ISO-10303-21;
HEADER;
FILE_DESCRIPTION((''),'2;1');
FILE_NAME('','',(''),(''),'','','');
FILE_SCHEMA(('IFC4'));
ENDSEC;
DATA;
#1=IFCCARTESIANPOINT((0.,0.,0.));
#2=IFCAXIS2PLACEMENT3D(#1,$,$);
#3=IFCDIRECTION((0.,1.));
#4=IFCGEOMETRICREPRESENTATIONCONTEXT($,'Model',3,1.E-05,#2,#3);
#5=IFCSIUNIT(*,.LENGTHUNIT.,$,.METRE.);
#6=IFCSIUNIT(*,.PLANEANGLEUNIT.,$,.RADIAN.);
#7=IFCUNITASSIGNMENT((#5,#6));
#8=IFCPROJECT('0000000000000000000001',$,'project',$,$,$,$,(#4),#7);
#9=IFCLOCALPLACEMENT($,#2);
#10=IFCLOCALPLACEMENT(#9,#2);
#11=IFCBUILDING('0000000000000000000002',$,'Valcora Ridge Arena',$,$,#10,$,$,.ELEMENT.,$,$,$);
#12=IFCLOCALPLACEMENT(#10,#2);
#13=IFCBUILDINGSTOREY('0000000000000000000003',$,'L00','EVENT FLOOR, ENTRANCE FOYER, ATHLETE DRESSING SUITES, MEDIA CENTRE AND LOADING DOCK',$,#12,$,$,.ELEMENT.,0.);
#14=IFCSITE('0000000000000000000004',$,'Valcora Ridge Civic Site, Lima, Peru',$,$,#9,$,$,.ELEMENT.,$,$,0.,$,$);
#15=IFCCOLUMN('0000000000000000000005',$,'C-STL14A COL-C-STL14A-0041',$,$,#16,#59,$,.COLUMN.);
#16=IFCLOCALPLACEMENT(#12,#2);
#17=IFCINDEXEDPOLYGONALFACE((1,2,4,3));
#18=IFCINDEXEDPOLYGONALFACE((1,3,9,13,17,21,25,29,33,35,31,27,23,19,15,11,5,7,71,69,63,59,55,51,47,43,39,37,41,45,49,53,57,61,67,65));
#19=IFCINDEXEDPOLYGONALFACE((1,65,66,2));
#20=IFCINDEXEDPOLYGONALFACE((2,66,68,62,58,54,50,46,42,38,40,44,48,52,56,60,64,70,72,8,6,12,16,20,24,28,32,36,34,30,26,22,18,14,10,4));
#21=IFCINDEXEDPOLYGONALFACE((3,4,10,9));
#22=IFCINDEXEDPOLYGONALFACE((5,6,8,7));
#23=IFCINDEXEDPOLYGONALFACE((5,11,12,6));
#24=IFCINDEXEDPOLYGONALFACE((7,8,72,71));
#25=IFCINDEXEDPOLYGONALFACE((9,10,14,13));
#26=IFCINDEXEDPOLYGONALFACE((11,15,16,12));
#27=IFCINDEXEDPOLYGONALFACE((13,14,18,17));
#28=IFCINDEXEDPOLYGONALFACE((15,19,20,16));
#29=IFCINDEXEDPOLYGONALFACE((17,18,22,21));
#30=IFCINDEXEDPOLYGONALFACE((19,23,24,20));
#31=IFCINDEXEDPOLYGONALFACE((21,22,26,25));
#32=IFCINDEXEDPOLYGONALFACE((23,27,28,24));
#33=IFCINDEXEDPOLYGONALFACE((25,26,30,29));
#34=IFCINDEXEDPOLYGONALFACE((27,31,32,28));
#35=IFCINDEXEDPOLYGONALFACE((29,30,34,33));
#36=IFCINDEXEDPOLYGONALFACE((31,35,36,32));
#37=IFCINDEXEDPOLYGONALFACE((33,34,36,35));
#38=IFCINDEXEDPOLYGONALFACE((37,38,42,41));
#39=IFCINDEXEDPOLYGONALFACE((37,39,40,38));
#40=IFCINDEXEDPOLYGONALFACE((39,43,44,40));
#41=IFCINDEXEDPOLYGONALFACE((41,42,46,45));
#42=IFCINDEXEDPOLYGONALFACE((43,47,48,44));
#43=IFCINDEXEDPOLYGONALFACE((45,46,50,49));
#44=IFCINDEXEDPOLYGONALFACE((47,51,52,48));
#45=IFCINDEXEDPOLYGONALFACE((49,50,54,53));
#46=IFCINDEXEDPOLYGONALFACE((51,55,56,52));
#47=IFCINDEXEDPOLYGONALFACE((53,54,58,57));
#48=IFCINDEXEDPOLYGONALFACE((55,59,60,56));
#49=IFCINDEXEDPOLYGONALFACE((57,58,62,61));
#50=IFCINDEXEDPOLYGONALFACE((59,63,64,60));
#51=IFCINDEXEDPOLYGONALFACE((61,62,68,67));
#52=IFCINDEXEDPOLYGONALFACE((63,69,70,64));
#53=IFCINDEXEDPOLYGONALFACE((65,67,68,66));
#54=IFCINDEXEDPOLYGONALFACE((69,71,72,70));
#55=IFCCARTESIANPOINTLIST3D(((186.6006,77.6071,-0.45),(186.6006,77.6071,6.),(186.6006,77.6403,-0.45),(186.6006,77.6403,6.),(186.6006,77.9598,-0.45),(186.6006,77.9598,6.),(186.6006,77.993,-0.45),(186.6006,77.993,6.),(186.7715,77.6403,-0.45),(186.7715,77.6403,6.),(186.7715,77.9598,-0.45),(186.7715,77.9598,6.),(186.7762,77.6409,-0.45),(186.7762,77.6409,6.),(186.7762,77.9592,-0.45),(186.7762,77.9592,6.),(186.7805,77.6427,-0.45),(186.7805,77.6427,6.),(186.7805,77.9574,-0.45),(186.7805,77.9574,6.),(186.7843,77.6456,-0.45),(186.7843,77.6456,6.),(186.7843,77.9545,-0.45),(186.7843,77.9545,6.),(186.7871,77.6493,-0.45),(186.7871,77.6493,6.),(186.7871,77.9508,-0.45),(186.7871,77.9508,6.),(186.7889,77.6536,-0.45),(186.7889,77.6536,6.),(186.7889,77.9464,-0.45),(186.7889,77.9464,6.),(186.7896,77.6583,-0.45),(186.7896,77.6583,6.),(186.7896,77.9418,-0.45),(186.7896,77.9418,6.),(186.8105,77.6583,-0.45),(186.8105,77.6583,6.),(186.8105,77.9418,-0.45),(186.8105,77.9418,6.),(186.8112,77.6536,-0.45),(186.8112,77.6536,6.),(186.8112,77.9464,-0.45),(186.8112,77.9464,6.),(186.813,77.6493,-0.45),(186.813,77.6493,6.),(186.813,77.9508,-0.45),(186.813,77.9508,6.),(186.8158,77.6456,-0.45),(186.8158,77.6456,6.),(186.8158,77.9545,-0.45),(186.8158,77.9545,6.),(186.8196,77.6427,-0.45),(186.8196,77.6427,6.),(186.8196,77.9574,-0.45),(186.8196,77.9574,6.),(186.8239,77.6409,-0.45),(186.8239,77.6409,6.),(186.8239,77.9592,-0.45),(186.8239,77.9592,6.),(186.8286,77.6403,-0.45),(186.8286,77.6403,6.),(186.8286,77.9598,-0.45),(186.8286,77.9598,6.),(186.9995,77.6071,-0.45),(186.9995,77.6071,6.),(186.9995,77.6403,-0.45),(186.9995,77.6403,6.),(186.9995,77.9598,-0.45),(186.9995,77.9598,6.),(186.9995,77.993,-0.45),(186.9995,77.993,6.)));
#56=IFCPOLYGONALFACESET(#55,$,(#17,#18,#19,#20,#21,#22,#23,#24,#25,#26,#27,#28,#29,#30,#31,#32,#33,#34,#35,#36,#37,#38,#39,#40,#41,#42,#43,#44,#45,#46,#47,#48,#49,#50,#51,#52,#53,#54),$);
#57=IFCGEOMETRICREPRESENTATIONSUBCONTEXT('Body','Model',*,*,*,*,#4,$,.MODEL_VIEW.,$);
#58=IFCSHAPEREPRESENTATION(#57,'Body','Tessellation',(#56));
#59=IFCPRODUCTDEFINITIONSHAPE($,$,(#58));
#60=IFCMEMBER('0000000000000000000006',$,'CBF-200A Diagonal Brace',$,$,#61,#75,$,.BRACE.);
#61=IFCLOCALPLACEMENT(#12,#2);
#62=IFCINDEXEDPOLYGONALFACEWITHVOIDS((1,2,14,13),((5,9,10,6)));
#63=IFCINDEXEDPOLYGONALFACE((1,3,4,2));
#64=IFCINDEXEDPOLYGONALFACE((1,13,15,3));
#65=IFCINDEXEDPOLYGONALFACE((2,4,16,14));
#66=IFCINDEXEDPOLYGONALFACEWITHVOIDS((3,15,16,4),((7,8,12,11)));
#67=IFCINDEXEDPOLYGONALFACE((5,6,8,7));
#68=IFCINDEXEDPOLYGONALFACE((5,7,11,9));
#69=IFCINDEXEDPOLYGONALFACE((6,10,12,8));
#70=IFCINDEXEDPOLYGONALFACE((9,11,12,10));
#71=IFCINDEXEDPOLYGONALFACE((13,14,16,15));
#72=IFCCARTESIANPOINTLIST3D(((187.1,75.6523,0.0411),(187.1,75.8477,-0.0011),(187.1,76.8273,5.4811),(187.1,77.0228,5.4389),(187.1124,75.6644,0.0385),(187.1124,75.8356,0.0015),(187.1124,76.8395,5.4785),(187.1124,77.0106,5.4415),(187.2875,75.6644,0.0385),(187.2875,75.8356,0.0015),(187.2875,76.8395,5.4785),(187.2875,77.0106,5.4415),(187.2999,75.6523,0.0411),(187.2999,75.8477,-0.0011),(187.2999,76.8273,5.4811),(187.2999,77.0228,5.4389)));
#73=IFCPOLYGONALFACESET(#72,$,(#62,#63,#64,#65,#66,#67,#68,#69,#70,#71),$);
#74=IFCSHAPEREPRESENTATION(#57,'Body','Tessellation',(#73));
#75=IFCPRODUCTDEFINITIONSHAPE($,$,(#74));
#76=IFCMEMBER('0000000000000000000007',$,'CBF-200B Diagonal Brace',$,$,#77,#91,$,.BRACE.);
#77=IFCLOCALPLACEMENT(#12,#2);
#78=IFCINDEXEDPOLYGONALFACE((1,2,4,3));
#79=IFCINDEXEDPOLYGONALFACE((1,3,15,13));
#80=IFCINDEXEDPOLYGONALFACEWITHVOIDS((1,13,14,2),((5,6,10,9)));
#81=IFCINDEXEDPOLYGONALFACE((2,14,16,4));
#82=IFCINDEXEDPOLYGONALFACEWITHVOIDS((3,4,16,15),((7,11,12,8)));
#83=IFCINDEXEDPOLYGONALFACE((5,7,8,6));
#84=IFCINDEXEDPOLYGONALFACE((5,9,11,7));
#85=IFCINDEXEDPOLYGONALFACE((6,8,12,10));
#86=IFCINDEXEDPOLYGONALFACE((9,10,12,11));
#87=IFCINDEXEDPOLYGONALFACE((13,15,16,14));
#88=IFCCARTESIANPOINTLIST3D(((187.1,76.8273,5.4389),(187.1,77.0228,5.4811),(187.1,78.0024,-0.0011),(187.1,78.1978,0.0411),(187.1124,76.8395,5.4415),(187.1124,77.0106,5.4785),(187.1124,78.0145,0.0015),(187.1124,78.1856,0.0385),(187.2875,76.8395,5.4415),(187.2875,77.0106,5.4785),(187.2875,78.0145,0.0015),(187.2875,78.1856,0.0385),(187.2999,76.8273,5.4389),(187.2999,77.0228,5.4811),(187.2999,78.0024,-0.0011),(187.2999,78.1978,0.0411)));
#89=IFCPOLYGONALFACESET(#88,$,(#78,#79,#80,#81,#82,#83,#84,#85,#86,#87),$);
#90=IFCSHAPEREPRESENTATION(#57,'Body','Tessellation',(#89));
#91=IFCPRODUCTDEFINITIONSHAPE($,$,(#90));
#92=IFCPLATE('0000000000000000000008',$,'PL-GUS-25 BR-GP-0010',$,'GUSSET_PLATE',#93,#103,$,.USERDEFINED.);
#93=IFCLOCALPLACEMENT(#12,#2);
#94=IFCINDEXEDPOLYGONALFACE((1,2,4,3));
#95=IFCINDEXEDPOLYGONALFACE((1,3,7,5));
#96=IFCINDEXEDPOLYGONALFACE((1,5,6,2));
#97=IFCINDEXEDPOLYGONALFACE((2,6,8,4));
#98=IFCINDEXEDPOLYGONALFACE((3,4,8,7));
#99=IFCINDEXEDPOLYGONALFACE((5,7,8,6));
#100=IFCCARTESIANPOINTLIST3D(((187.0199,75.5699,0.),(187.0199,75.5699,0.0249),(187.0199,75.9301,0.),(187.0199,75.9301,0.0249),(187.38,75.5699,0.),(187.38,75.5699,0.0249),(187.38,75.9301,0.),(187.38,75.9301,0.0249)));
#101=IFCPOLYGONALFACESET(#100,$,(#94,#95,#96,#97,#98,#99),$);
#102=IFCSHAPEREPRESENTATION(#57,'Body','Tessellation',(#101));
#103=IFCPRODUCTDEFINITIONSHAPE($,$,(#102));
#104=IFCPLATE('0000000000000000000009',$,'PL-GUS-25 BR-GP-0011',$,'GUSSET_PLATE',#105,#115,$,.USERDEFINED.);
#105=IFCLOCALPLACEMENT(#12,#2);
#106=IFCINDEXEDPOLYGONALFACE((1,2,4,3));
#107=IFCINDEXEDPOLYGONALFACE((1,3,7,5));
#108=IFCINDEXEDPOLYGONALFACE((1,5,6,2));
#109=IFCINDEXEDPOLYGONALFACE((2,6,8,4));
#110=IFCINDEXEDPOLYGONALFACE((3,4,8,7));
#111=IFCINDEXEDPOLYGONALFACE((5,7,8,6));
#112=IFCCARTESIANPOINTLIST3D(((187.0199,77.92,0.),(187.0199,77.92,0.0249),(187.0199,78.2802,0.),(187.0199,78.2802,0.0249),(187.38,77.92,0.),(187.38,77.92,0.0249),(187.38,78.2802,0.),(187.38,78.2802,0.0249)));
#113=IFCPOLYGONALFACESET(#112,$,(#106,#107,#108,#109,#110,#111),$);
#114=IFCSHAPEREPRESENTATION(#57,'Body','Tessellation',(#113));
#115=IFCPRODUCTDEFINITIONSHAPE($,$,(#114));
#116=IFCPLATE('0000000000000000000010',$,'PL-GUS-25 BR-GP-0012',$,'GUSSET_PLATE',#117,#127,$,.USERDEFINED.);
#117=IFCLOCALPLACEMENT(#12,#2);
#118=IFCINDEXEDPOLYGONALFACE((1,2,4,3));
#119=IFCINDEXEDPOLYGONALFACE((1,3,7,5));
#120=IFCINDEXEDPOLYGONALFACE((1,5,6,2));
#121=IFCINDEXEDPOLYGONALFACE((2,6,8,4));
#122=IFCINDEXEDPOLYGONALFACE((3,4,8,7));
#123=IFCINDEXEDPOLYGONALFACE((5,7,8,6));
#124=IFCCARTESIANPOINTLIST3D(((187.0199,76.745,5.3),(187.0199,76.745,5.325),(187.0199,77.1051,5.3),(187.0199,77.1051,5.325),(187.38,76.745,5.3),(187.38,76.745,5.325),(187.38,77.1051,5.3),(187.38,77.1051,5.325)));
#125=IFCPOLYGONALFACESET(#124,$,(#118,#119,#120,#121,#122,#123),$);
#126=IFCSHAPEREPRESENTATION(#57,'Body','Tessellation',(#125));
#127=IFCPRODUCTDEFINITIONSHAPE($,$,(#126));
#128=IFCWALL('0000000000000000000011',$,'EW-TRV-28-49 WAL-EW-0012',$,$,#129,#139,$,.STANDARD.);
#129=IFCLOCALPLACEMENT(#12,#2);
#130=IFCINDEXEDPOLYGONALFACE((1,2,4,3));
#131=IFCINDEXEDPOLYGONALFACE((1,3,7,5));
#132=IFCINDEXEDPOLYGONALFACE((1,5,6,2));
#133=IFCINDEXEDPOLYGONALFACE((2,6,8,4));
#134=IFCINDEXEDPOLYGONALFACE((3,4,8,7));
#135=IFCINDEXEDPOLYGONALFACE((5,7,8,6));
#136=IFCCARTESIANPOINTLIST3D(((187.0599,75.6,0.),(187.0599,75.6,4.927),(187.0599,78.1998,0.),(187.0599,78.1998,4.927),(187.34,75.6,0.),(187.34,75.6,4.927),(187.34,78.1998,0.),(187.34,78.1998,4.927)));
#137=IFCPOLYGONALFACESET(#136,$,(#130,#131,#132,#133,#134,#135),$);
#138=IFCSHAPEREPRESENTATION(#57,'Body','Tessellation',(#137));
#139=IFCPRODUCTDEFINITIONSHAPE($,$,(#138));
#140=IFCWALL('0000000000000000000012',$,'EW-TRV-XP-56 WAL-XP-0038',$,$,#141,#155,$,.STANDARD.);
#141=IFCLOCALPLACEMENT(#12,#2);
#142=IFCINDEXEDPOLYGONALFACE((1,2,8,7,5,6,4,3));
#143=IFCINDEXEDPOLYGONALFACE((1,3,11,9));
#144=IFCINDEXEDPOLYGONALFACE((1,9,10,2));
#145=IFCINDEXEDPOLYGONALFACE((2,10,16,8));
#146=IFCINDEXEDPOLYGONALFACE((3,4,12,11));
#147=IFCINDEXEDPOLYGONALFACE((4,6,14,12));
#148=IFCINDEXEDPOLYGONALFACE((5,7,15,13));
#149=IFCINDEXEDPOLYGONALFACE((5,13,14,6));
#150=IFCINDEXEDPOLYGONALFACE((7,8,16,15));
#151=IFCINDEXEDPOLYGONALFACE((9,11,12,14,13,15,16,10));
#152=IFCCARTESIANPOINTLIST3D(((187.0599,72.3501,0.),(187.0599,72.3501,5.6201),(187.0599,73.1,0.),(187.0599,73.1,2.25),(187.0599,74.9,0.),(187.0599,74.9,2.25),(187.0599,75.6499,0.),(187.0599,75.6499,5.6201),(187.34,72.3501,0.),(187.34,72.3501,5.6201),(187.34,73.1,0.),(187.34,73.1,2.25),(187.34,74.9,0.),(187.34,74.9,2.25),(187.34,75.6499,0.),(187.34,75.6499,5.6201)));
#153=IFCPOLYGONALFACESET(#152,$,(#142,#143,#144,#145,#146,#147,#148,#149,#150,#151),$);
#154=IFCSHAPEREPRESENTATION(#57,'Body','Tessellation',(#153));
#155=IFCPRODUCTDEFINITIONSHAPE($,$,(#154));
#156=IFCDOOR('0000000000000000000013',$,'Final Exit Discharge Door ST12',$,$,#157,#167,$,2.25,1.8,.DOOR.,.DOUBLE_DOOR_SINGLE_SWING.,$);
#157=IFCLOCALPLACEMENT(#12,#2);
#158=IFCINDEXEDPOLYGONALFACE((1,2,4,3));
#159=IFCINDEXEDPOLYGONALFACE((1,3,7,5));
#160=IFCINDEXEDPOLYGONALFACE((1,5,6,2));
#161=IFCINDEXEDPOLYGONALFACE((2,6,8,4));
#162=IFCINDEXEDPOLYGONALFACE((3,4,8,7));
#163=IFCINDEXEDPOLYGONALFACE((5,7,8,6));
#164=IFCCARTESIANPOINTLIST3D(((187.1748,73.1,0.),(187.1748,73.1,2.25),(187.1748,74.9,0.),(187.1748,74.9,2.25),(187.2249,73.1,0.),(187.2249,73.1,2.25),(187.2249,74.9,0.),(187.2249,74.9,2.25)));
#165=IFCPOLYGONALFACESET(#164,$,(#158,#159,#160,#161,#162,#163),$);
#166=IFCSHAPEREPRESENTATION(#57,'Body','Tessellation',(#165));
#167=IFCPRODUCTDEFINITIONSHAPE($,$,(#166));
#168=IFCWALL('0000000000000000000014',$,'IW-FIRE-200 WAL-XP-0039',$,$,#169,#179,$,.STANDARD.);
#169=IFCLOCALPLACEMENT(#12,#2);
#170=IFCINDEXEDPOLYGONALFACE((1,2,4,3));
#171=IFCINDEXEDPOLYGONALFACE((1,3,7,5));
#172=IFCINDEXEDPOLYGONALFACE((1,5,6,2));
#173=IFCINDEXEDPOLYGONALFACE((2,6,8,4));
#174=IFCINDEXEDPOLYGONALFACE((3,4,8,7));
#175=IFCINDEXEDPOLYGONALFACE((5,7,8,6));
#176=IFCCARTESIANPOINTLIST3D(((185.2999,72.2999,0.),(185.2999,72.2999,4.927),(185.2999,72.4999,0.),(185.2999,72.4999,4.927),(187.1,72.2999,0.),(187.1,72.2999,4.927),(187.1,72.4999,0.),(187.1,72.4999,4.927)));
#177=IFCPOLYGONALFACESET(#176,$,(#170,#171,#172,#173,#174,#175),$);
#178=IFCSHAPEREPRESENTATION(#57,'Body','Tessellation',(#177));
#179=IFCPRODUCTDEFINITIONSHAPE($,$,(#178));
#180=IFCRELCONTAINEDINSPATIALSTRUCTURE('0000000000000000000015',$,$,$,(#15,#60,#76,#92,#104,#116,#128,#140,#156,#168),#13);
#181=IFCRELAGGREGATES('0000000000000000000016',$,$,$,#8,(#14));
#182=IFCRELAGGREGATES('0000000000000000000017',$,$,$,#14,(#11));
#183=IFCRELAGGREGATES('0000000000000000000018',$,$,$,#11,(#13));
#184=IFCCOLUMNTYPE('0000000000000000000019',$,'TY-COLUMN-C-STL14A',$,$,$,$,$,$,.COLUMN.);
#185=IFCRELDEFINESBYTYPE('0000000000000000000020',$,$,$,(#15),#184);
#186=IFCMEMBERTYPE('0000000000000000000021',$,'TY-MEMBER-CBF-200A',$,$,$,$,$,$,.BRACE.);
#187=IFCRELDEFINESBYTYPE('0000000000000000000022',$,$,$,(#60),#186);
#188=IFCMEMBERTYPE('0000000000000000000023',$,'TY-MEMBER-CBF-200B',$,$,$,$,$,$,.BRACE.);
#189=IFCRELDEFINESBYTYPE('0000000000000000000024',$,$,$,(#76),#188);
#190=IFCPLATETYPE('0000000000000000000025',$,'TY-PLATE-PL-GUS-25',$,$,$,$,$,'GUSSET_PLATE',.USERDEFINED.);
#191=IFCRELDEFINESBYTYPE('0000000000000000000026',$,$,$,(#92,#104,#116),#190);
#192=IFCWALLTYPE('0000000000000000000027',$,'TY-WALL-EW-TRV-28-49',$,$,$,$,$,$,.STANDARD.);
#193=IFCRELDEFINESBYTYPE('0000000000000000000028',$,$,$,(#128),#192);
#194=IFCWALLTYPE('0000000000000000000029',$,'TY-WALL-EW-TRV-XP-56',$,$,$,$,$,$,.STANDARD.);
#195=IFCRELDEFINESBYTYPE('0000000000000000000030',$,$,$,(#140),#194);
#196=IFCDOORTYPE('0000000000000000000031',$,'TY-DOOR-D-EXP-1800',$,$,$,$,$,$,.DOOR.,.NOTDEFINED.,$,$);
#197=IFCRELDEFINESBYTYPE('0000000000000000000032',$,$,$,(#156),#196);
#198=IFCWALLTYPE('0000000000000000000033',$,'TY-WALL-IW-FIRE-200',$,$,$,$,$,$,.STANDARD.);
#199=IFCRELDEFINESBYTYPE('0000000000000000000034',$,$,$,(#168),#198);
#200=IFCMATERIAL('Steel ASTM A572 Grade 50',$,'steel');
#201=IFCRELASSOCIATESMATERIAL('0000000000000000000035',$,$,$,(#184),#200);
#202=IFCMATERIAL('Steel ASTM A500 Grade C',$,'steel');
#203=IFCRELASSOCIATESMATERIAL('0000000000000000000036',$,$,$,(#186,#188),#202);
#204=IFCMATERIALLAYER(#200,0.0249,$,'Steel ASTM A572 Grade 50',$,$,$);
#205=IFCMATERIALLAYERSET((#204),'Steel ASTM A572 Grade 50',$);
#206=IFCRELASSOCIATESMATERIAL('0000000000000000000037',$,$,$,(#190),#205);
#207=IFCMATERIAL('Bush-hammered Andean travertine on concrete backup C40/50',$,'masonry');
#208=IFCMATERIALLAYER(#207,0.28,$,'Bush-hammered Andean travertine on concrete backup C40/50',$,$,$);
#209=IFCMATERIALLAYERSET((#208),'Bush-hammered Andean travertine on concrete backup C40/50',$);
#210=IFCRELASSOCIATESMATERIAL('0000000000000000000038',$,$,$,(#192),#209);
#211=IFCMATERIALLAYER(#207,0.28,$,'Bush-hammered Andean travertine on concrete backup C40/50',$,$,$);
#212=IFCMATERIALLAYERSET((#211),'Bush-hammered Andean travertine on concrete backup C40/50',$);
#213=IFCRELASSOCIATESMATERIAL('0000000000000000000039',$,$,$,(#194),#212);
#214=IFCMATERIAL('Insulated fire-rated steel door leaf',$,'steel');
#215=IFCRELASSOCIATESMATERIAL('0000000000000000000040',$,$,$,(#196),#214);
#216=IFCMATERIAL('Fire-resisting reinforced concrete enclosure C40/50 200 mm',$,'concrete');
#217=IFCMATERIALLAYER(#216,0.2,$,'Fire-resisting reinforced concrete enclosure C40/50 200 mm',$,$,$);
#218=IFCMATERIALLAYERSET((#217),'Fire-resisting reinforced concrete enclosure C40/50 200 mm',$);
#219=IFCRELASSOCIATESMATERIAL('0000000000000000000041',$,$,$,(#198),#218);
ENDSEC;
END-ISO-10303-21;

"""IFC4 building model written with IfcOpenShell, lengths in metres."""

from ifc_helpers import new_model, si_unit, direction, frame, frame_2d, origin, origin_2d, place, context, subcontext, project, spatial, rectangle, hollow_rectangle, i_section, extrude, material, layer, layer_set, material_profile, profile_set, type_object, element, fill, save


model = new_model("IFC4")

# Units and contexts
model_context = context("Model", 3, precision=1e-05, world=origin(), true_north=direction((0.0, 1.0)))
body_context = subcontext(model_context, "Body", "Model", "MODEL_VIEW")
ifc_project = project(units=[si_unit("LENGTHUNIT", "METRE"), si_unit("PLANEANGLEUNIT", "RADIAN")], contexts=[model_context])

# Site, building, storey
site_placement = place(None, origin())
site = spatial("IfcSite", under=ifc_project, at=site_placement, Name="Valcora Ridge Civic Site, Lima, Peru", CompositionType="ELEMENT", RefElevation=0.0)
building_placement = place(site_placement, origin())
building = spatial("IfcBuilding", under=site, at=building_placement, Name="Valcora Ridge Arena", CompositionType="ELEMENT")
storey_placement = place(building_placement, origin())
storey = spatial("IfcBuildingStorey", under=building, at=storey_placement, Name="L00", Description="EVENT FLOOR, ENTRANCE FOYER, ATHLETE DRESSING SUITES, MEDIA CENTRE AND LOADING DOCK", CompositionType="ELEMENT", Elevation=0.0)

# Column
ifc_material_1 = material(Name="Steel ASTM A500 Grade C", Category="steel")
ifc_material_2 = material(Name="Steel ASTM A572 Grade 50", Category="steel")
ifc_material_profile_1 = material_profile(ifc_material_2, i_section(OverallWidth=0.3989, OverallDepth=0.386, WebThickness=0.021, FlangeThickness=0.0332, FilletRadius=0.0181, at=origin_2d()), Name="W14X176")
ifc_profile_set_1 = profile_set([ifc_material_profile_1], Name="Steel ASTM A572 Grade 50")
column_type_1 = type_object("IfcColumnType", Name="TY-COLUMN-C-STL14A", PredefinedType="COLUMN", material=ifc_profile_set_1)
column_placement = place(storey_placement, frame((186.8, 77.8, -0.45), z_axis=(0.0, 0.0, 1.0), x_axis=(1.0, 0.0, 0.0)))
element("IfcColumn", 1, at=column_placement, inside=storey, type_object=column_type_1, Name="C-STL14A COL-C-STL14A-0041", PredefinedType="COLUMN", context=body_context, shape_type="SweptSolid", body=[
    extrude(i_section(OverallWidth=0.3989, OverallDepth=0.386, WebThickness=0.021, FlangeThickness=0.0332, FilletRadius=0.0181, at=origin_2d()), origin(), (0.0, 0.0, 1.0), 6.45),
])

# Members
ifc_material_profile_2 = material_profile(ifc_material_1, hollow_rectangle(XDim=0.2, YDim=0.2, WallThickness=0.0125, at=origin_2d()), Name="HSS200X200X12")
ifc_profile_set_2 = profile_set([ifc_material_profile_2], Name="Steel ASTM A500 Grade C")
member_type_1 = type_object("IfcMemberType", Name="TY-MEMBER-CBF-200A", PredefinedType="BRACE", material=ifc_profile_set_2)
member_1_placement = place(storey_placement, frame((187.2, 75.75, 0.02), z_axis=(0.0, 0.211135, 0.977457), x_axis=(-1.0, 0.0, 0.0)))
element("IfcMember", 2, at=member_1_placement, inside=storey, type_object=member_type_1, Name="CBF-200A Diagonal Brace", PredefinedType="BRACE", context=body_context, shape_type="SweptSolid", body=[
    extrude(hollow_rectangle(XDim=0.2, YDim=0.2, WallThickness=0.0125, at=origin_2d()), origin(), (0.0, 0.0, 1.0), 5.5654),
])
ifc_material_profile_3 = material_profile(ifc_material_1, hollow_rectangle(XDim=0.2, YDim=0.2, WallThickness=0.0125, at=origin_2d()), Name="HSS200X200X12")
ifc_profile_set_3 = profile_set([ifc_material_profile_3], Name="Steel ASTM A500 Grade C")
member_type_2 = type_object("IfcMemberType", Name="TY-MEMBER-CBF-200B", PredefinedType="BRACE", material=ifc_profile_set_3)
member_2_placement = place(storey_placement, frame((187.2, 78.1001, 0.02), z_axis=(0.0, -0.211135, 0.977457), x_axis=(1.0, 0.0, 0.0)))
element("IfcMember", 3, at=member_2_placement, inside=storey, type_object=member_type_2, Name="CBF-200B Diagonal Brace", PredefinedType="BRACE", context=body_context, shape_type="SweptSolid", body=[
    extrude(hollow_rectangle(XDim=0.2, YDim=0.2, WallThickness=0.0125, at=origin_2d()), origin(), (0.0, 0.0, 1.0), 5.5654),
])

# Plates
ifc_layer_1 = layer(ifc_material_2, 0.0249, Name="Steel ASTM A572 Grade 50")
ifc_layer_set_1 = layer_set([ifc_layer_1], Name="Steel ASTM A572 Grade 50")
plate_type = type_object("IfcPlateType", Name="TY-PLATE-PL-GUS-25", ElementType="GUSSET_PLATE", PredefinedType="USERDEFINED", material=ifc_layer_set_1)
for number, where, z_axis, x_axis, name in (
    (4, (187.2, 75.75, 0.0), (0.0, 0.0, 1.0), (1.0, 0.0, 0.0), "PL-GUS-25 BR-GP-0010"),
    (5, (187.2, 78.1001, 0.0), (0.0, 0.0, 1.0), (1.0, 0.0, 0.0), "PL-GUS-25 BR-GP-0011"),
    (6, (187.2, 76.925, 5.3), (0.0, 0.0, 1.0), (1.0, 0.0, 0.0), "PL-GUS-25 BR-GP-0012"),
):
    element("IfcPlate", number, at=place(storey_placement, frame(where, z_axis=z_axis, x_axis=x_axis)), inside=storey, type_object=plate_type, Name=name, ObjectType="GUSSET_PLATE", PredefinedType="USERDEFINED", context=body_context, shape_type="SweptSolid", body=[
        extrude(rectangle(XDim=0.3601, YDim=0.3601, at=origin_2d()), origin(), (0.0, 0.0, 1.0), 0.0249),
    ])

# Wall
ifc_material_3 = material(Name="Bush-hammered Andean travertine on concrete backup C40/50", Category="masonry")
ifc_layer_2 = layer(ifc_material_3, 0.28, Name="Bush-hammered Andean travertine on concrete backup C40/50")
ifc_layer_set_2 = layer_set([ifc_layer_2], Name="Bush-hammered Andean travertine on concrete backup C40/50")
wall_type_1 = type_object("IfcWallType", Name="TY-WALL-EW-TRV-28-49", PredefinedType="STANDARD", material=ifc_layer_set_2)
wall_1_placement = place(storey_placement, frame((187.2, 75.6001, 0.0), z_axis=(0.0, 0.0, 1.0), x_axis=(0.0, 1.0, 0.0)))
element("IfcWall", 7, at=wall_1_placement, inside=storey, type_object=wall_type_1, Name="EW-TRV-28-49 WAL-EW-0012", PredefinedType="STANDARD", context=body_context, shape_type="SweptSolid", body=[
    extrude(rectangle(XDim=2.5999, YDim=0.28, at=frame_2d((1.2998, 0.0))), origin(), (0.0, 0.0, 1.0), 4.927),
])

# Wall, opening, door
ifc_layer_3 = layer(ifc_material_3, 0.28, Name="Bush-hammered Andean travertine on concrete backup C40/50")
ifc_layer_set_3 = layer_set([ifc_layer_3], Name="Bush-hammered Andean travertine on concrete backup C40/50")
wall_type_2 = type_object("IfcWallType", Name="TY-WALL-EW-TRV-XP-56", PredefinedType="STANDARD", material=ifc_layer_set_3)
wall_2_placement = place(storey_placement, frame((187.2, 75.6499, 0.0), z_axis=(0.0, 0.0, 1.0), x_axis=(0.0, -1.0, 0.0)))
wall_2 = element("IfcWall", 8, at=wall_2_placement, inside=storey, type_object=wall_type_2, Name="EW-TRV-XP-56 WAL-XP-0038", PredefinedType="STANDARD", context=body_context, shape_type="SweptSolid", body=[
    extrude(rectangle(XDim=3.2998, YDim=0.28, at=frame_2d((1.6499, 0.0))), origin(), (0.0, 0.0, 1.0), 5.6201),
])
opening_1_placement = place(wall_2_placement, frame((0.75, 0.0, 0.0)))
opening_1 = element("IfcOpeningElement", 9, at=opening_1_placement, cuts=wall_2, PredefinedType="OPENING", context=body_context, shape_type="SweptSolid", body=[
    extrude(rectangle(XDim=1.8, YDim=2.25, at=frame_2d((0.8999, 1.125))), frame((0.0, 0.1499, 0.0), z_axis=(0.0, -1.0, 0.0), x_axis=(1.0, 0.0, 0.0)), (0.0, 0.0, 1.0), 0.3),
])
ifc_material_4 = material(Name="Insulated fire-rated steel door leaf", Category="steel")
door_type_1 = type_object("IfcDoorType", Name="TY-DOOR-D-EXP-1800", OperationType="NOTDEFINED", PredefinedType="DOOR", material=ifc_material_4)
door_1_placement = place(opening_1_placement, origin())
door_1 = element("IfcDoor", 10, at=door_1_placement, inside=storey, type_object=door_type_1, Name="Final Exit Discharge Door ST12", OperationType="DOUBLE_DOOR_SINGLE_SWING", OverallHeight=2.25, OverallWidth=1.8, PredefinedType="DOOR", context=body_context, shape_type="SweptSolid", body=[
    extrude(rectangle(XDim=1.8, YDim=2.25, at=frame_2d((0.8999, 1.125))), frame((0.0, 0.0249, 0.0), z_axis=(0.0, -1.0, 0.0), x_axis=(1.0, 0.0, 0.0)), (0.0, 0.0, 1.0), 0.05),
])
fill(opening_1, door_1)

# Wall
ifc_material_5 = material(Name="Fire-resisting reinforced concrete enclosure C40/50 200 mm", Category="concrete")
ifc_layer_4 = layer(ifc_material_5, 0.2, Name="Fire-resisting reinforced concrete enclosure C40/50 200 mm")
ifc_layer_set_4 = layer_set([ifc_layer_4], Name="Fire-resisting reinforced concrete enclosure C40/50 200 mm")
wall_type_3 = type_object("IfcWallType", Name="TY-WALL-IW-FIRE-200", PredefinedType="STANDARD", material=ifc_layer_set_4)
wall_3_placement = place(storey_placement, frame((185.3, 72.3999, 0.0), z_axis=(0.0, 0.0, 1.0), x_axis=(1.0, 0.0, 0.0)))
element("IfcWall", 11, at=wall_3_placement, inside=storey, type_object=wall_type_3, Name="IW-FIRE-200 WAL-XP-0039", PredefinedType="STANDARD", context=body_context, shape_type="SweptSolid", body=[
    extrude(rectangle(XDim=1.8, YDim=0.2, at=frame_2d((0.8999, 0.0))), origin(), (0.0, 0.0, 1.0), 4.927),
])

save(model, "model.ifc")
